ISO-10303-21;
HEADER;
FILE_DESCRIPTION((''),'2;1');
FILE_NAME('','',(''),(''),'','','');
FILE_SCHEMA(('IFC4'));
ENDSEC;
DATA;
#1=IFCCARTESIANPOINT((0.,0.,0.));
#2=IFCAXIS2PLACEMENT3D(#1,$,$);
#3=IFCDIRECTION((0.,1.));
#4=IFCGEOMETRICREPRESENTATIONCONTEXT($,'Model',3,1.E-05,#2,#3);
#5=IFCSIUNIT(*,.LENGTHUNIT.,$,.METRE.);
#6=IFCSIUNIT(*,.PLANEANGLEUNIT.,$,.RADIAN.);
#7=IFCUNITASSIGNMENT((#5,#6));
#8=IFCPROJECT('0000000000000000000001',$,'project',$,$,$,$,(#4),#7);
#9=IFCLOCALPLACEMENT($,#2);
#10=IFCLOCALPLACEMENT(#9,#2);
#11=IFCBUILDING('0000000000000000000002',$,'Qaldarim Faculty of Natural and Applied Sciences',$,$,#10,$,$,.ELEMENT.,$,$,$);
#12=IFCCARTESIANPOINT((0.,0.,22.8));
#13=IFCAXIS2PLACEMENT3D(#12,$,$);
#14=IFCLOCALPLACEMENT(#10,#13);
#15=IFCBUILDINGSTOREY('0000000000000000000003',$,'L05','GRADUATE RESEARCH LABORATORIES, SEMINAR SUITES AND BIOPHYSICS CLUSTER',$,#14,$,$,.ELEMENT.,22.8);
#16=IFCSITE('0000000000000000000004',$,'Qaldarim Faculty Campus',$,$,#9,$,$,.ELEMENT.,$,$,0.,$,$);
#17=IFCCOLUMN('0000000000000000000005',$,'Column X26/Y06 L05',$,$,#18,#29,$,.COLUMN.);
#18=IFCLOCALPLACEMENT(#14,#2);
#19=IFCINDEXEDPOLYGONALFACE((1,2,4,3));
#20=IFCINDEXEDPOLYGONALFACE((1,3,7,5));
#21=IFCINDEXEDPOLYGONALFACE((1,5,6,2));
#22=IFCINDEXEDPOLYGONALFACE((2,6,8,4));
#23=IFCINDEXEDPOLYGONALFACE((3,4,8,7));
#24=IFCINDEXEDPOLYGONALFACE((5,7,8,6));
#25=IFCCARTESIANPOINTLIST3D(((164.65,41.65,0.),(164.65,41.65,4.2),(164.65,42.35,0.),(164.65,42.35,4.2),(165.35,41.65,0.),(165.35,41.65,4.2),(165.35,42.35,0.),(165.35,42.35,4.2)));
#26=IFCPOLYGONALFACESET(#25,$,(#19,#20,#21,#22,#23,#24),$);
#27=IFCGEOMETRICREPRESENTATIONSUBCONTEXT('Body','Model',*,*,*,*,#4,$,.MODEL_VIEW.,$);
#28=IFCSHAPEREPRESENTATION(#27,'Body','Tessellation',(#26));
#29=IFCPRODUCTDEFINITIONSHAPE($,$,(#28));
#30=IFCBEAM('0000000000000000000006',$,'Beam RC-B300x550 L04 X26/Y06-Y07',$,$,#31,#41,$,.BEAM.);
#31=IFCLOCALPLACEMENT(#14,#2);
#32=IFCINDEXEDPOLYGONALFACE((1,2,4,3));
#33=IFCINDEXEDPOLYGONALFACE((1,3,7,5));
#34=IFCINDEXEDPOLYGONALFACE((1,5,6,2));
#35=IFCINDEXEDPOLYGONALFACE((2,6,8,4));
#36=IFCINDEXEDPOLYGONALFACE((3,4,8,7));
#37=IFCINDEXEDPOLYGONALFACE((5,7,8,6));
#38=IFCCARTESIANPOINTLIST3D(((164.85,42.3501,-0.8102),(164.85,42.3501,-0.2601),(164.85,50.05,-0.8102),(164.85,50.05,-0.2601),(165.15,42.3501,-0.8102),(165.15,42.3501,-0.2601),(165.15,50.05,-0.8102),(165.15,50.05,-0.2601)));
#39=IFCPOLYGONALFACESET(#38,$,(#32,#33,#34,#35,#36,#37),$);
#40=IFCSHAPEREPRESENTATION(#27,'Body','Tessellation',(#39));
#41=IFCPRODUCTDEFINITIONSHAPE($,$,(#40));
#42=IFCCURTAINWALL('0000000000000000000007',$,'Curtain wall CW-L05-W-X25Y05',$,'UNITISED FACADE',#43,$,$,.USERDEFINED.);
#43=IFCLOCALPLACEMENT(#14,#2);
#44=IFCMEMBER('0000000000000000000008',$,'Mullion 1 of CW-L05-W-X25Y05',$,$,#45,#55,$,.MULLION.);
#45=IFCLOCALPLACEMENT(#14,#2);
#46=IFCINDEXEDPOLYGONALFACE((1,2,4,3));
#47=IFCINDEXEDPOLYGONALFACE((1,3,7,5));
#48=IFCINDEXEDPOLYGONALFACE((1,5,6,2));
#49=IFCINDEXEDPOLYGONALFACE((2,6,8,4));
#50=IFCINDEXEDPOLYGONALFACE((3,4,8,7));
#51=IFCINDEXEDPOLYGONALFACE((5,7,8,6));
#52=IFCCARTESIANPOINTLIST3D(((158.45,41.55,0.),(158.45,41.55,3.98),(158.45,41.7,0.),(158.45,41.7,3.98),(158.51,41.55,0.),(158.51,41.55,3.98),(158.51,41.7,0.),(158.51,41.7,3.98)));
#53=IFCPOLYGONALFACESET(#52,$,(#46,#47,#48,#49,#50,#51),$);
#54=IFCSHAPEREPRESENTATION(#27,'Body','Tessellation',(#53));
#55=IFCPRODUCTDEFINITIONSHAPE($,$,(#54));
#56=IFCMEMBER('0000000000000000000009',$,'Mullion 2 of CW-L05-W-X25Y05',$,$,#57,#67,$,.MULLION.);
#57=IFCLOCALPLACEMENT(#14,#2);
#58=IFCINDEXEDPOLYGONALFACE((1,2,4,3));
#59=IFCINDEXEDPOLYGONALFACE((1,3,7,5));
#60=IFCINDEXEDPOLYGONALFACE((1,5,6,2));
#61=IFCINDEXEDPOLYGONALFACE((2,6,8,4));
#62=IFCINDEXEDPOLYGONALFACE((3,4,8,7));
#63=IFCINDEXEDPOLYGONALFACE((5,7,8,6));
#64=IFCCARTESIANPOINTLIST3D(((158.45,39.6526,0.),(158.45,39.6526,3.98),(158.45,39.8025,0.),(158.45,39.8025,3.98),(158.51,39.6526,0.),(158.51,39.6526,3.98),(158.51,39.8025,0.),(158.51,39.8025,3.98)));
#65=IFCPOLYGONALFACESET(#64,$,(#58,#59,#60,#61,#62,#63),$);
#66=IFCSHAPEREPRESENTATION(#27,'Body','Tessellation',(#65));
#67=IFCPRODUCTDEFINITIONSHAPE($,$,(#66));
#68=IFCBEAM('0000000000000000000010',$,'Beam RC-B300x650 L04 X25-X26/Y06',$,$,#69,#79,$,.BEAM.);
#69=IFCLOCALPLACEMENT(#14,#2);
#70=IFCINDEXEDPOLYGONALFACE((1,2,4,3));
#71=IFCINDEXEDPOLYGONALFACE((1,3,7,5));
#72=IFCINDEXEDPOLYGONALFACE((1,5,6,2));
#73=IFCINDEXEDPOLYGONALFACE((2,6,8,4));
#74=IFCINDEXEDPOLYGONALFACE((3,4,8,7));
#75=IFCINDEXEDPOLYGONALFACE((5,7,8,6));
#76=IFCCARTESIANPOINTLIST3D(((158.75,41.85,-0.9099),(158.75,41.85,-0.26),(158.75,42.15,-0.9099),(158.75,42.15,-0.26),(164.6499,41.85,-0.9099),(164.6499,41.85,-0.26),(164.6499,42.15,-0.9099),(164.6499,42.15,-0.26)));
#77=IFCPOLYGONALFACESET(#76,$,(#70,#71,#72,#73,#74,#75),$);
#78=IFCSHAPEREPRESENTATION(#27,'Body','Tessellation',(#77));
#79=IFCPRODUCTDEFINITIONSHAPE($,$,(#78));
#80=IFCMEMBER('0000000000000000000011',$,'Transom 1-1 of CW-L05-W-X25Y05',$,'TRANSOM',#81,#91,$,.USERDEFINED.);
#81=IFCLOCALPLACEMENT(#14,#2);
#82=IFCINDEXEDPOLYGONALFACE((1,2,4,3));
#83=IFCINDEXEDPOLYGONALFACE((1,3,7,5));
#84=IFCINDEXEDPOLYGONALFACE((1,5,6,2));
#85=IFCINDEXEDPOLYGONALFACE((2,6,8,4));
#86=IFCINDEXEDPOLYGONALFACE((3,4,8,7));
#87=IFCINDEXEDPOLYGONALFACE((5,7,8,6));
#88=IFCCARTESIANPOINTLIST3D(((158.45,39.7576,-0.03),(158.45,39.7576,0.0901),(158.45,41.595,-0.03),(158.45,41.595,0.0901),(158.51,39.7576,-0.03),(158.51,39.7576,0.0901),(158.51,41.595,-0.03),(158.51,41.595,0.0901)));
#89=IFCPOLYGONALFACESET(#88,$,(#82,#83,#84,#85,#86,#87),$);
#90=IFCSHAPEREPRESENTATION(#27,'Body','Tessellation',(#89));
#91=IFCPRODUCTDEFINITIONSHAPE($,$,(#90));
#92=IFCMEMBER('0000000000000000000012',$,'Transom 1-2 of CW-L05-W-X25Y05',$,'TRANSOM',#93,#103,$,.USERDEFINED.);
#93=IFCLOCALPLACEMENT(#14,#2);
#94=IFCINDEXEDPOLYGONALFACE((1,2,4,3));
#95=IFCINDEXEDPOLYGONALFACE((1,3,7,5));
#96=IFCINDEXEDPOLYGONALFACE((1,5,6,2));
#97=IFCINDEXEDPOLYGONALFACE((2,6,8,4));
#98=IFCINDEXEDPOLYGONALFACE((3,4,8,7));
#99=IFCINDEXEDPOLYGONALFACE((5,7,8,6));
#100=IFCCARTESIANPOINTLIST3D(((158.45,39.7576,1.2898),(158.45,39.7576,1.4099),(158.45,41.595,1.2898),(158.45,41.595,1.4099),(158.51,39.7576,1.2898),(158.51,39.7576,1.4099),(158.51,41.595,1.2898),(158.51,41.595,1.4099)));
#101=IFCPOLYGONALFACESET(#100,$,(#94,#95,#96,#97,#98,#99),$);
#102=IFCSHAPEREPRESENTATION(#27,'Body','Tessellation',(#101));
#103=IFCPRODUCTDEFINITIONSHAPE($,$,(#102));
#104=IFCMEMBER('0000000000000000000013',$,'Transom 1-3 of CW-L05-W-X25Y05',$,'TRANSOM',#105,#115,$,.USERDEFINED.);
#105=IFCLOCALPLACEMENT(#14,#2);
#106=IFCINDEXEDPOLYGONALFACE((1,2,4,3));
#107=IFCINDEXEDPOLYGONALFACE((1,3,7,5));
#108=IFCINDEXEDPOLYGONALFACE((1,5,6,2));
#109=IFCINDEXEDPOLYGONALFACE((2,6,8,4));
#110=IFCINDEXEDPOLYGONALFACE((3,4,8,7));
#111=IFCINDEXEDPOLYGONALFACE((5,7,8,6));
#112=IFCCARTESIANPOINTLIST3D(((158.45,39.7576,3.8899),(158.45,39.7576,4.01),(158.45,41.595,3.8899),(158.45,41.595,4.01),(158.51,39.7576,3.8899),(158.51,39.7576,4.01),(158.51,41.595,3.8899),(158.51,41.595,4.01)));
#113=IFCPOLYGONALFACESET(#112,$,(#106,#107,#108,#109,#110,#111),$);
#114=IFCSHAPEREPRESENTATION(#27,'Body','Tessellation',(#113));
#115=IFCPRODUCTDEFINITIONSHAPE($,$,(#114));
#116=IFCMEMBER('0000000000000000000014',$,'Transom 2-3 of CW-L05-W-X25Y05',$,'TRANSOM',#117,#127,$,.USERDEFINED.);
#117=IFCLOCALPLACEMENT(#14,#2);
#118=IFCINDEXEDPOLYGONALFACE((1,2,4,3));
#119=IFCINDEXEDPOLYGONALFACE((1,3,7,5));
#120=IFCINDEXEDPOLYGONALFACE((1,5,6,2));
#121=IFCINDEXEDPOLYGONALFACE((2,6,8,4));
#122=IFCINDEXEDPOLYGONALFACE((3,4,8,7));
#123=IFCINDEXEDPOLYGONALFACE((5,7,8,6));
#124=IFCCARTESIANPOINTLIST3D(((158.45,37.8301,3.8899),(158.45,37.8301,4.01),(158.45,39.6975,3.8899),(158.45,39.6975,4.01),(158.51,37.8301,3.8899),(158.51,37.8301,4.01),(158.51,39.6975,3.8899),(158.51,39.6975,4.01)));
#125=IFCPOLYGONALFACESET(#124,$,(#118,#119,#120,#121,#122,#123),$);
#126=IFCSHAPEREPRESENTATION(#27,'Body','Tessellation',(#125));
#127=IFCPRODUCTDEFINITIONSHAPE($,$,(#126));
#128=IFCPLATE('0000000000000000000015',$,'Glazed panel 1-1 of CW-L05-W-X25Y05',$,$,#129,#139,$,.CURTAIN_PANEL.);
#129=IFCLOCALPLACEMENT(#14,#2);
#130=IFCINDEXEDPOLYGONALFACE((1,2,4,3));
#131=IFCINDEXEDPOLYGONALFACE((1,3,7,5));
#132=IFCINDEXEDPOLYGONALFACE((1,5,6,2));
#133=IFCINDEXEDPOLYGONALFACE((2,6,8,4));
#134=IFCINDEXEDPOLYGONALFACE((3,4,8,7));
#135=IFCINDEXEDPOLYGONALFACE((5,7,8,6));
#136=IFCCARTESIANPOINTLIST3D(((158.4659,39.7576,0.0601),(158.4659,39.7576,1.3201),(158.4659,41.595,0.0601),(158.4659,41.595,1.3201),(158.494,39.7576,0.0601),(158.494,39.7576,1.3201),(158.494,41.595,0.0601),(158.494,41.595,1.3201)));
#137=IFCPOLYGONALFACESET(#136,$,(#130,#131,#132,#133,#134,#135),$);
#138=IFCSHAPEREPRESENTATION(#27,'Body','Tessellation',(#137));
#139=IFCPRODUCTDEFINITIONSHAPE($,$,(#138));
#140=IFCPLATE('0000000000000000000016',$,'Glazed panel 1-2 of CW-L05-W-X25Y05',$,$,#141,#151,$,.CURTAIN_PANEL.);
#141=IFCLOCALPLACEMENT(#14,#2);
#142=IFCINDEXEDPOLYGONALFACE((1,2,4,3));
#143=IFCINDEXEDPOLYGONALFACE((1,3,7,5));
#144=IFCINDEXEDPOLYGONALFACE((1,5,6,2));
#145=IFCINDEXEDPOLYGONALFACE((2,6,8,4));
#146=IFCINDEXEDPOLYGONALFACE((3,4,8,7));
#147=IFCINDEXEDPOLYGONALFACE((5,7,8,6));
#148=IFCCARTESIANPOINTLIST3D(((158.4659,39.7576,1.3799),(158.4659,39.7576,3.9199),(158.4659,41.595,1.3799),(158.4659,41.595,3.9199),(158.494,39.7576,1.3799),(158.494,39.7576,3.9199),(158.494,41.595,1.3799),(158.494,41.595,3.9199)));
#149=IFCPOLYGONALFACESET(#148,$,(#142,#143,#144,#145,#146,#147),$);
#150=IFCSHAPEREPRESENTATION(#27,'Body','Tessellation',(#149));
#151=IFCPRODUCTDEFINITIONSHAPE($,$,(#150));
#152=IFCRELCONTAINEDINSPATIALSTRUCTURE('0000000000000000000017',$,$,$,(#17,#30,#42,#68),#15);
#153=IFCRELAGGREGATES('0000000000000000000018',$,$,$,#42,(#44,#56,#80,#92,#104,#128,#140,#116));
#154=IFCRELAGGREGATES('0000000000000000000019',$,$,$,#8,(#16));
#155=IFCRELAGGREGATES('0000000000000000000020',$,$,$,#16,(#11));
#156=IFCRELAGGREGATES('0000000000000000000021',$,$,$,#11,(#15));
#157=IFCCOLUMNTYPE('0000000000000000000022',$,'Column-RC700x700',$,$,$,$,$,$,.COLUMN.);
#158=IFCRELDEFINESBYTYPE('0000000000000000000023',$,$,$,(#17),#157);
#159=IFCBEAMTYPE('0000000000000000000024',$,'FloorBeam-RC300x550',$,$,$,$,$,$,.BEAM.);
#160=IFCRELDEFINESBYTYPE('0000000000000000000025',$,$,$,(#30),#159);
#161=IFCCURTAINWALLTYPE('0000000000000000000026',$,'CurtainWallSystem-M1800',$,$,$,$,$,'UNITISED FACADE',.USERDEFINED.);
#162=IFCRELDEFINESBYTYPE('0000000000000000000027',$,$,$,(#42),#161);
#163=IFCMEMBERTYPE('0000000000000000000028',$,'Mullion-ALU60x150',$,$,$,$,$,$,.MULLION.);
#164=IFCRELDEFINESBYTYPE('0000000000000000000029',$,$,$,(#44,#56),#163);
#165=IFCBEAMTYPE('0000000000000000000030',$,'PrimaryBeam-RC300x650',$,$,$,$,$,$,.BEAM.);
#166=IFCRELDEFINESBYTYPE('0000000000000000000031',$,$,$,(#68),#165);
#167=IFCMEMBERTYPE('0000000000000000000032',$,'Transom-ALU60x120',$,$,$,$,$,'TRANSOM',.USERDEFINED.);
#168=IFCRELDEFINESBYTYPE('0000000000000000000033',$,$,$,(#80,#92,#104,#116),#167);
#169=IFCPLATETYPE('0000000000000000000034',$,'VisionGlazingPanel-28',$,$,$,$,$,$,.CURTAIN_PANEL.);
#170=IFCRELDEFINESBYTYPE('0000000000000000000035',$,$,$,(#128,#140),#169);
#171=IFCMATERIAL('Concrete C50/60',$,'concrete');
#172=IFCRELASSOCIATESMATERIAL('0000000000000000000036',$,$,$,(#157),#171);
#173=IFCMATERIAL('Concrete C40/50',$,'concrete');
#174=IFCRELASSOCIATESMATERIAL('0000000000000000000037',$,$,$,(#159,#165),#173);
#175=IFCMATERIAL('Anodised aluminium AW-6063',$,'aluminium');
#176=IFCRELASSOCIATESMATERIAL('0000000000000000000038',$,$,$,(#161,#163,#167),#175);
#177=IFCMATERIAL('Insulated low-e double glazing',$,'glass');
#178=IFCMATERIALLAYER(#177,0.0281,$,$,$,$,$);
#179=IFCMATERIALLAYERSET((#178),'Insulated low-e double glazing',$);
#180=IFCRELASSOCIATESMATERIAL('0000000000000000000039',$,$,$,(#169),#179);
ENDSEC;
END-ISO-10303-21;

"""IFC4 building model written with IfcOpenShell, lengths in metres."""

from ifc_helpers import new_model, si_unit, direction, frame, origin, origin_2d, place, context, subcontext, project, spatial, rectangle, extrude, material, layer, layer_set, material_profile, profile_set, type_object, element, aggregate, save


model = new_model("IFC4")

# Units and contexts
model_context = context("Model", 3, precision=1e-05, world=origin(), true_north=direction((0.0, 1.0)))
body_context = subcontext(model_context, "Body", "Model", "MODEL_VIEW")
ifc_project = project(units=[si_unit("LENGTHUNIT", "METRE"), si_unit("PLANEANGLEUNIT", "RADIAN")], contexts=[model_context])

# Site, building, storey
site_placement = place(None, origin())
site = spatial("IfcSite", under=ifc_project, at=site_placement, Name="Qaldarim Faculty Campus", CompositionType="ELEMENT", RefElevation=0.0)
building_placement = place(site_placement, origin())
building = spatial("IfcBuilding", under=site, at=building_placement, Name="Qaldarim Faculty of Natural and Applied Sciences", CompositionType="ELEMENT")
storey_placement = place(building_placement, frame((0.0, 0.0, 22.8)))
storey = spatial("IfcBuildingStorey", under=building, at=storey_placement, Name="L05", Description="GRADUATE RESEARCH LABORATORIES, SEMINAR SUITES AND BIOPHYSICS CLUSTER", CompositionType="ELEMENT", Elevation=22.8)

# Column
ifc_material_1 = material(Name="Concrete C50/60", Category="concrete")
ifc_material_profile_1 = material_profile(ifc_material_1, rectangle(XDim=0.7, YDim=0.7, at=origin_2d()), Name="RC-C700x700")
ifc_profile_set_1 = profile_set([ifc_material_profile_1], Name="Concrete C50/60")
column_type = type_object("IfcColumnType", Name="Column-RC700x700", PredefinedType="COLUMN", material=ifc_profile_set_1)
column_placement = place(storey_placement, frame((165.0, 42.0, 0.0), z_axis=(0.0, 0.0, 1.0), x_axis=(1.0, 0.0, 0.0)))
element("IfcColumn", 1, at=column_placement, inside=storey, type_object=column_type, Name="Column X26/Y06 L05", PredefinedType="COLUMN", context=body_context, shape_type="SweptSolid", body=[
    extrude(rectangle(XDim=0.7, YDim=0.7, at=origin_2d()), origin(), (0.0, 0.0, 1.0), 4.2),
])

# Beam
ifc_material_2 = material(Name="Concrete C40/50", Category="concrete")
ifc_material_profile_2 = material_profile(ifc_material_2, rectangle(XDim=0.3, YDim=0.55, at=origin_2d()), Name="RC-B300x550")
ifc_profile_set_2 = profile_set([ifc_material_profile_2], Name="Concrete C40/50")
beam_type_1 = type_object("IfcBeamType", Name="FloorBeam-RC300x550", PredefinedType="BEAM", material=ifc_profile_set_2)
beam_1_placement = place(storey_placement, frame((165.0, 42.3501, -0.5352), z_axis=(0.0, 1.0, 0.0), x_axis=(-1.0, 0.0, 0.0)))
element("IfcBeam", 2, at=beam_1_placement, inside=storey, type_object=beam_type_1, Name="Beam RC-B300x550 L04 X26/Y06-Y07", PredefinedType="BEAM", context=body_context, shape_type="SweptSolid", body=[
    extrude(rectangle(XDim=0.3, YDim=0.55, at=origin_2d()), origin(), (0.0, 0.0, 1.0), 7.7),
])

# Curtain wall, members
ifc_material_3 = material(Name="Anodised aluminium AW-6063", Category="aluminium")
curtain_wall_type = type_object("IfcCurtainWallType", Name="CurtainWallSystem-M1800", ElementType="UNITISED FACADE", PredefinedType="USERDEFINED", material=ifc_material_3)
curtain_wall_placement = place(storey_placement, origin())
curtain_wall = element("IfcCurtainWall", 3, at=curtain_wall_placement, inside=storey, type_object=curtain_wall_type, Name="Curtain wall CW-L05-W-X25Y05", ObjectType="UNITISED FACADE", PredefinedType="USERDEFINED")
ifc_material_profile_3 = material_profile(ifc_material_3, rectangle(XDim=0.0601, YDim=0.1499, at=origin_2d()), Name="ALU-M60x150")
ifc_profile_set_3 = profile_set([ifc_material_profile_3], Name="Anodised aluminium AW-6063")
member_type_1 = type_object("IfcMemberType", Name="Mullion-ALU60x150", PredefinedType="MULLION", material=ifc_profile_set_3)
member_1_placement = place(storey_placement, frame((158.48, 41.625, 0.0), z_axis=(0.0, 0.0, 1.0), x_axis=(1.0, 0.0, 0.0)))
member_1 = element("IfcMember", 4, at=member_1_placement, type_object=member_type_1, Name="Mullion 1 of CW-L05-W-X25Y05", PredefinedType="MULLION", context=body_context, shape_type="SweptSolid", body=[
    extrude(rectangle(XDim=0.0601, YDim=0.1499, at=origin_2d()), origin(), (0.0, 0.0, 1.0), 3.98),
])
member_2_placement = place(storey_placement, frame((158.48, 39.7275, 0.0), z_axis=(0.0, 0.0, 1.0), x_axis=(1.0, 0.0, 0.0)))
member_2 = element("IfcMember", 5, at=member_2_placement, type_object=member_type_1, Name="Mullion 2 of CW-L05-W-X25Y05", PredefinedType="MULLION", context=body_context, shape_type="SweptSolid", body=[
    extrude(rectangle(XDim=0.0601, YDim=0.1499, at=origin_2d()), origin(), (0.0, 0.0, 1.0), 3.98),
])

# Beam
ifc_material_profile_4 = material_profile(ifc_material_2, rectangle(XDim=0.3, YDim=0.6499, at=origin_2d()), Name="RC-B300x650")
ifc_profile_set_4 = profile_set([ifc_material_profile_4], Name="Concrete C40/50")
beam_type_2 = type_object("IfcBeamType", Name="PrimaryBeam-RC300x650", PredefinedType="BEAM", material=ifc_profile_set_4)
beam_2_placement = place(storey_placement, frame((158.75, 42.0, -0.585), z_axis=(1.0, 0.0, 0.0), x_axis=(0.0, 1.0, 0.0)))
element("IfcBeam", 6, at=beam_2_placement, inside=storey, type_object=beam_type_2, Name="Beam RC-B300x650 L04 X25-X26/Y06", PredefinedType="BEAM", context=body_context, shape_type="SweptSolid", body=[
    extrude(rectangle(XDim=0.3, YDim=0.6499, at=origin_2d()), origin(), (0.0, 0.0, 1.0), 5.8999),
])

# Members
ifc_material_profile_5 = material_profile(ifc_material_3, rectangle(XDim=0.0601, YDim=0.1201, at=origin_2d()), Name="ALU-T60x120")
ifc_profile_set_5 = profile_set([ifc_material_profile_5], Name="Anodised aluminium AW-6063")
member_type_2 = type_object("IfcMemberType", Name="Transom-ALU60x120", ElementType="TRANSOM", PredefinedType="USERDEFINED", material=ifc_profile_set_5)
member_3_placement = place(storey_placement, frame((158.48, 41.595, 0.03), z_axis=(0.0, -1.0, 0.0), x_axis=(1.0, 0.0, 0.0)))
member_3 = element("IfcMember", 7, at=member_3_placement, type_object=member_type_2, Name="Transom 1-1 of CW-L05-W-X25Y05", ObjectType="TRANSOM", PredefinedType="USERDEFINED", context=body_context, shape_type="SweptSolid", body=[
    extrude(rectangle(XDim=0.0601, YDim=0.1201, at=origin_2d()), origin(), (0.0, 0.0, 1.0), 1.8374),
])
member_4_placement = place(storey_placement, frame((158.48, 41.595, 1.3499), z_axis=(0.0, -1.0, 0.0), x_axis=(1.0, 0.0, 0.0)))
member_4 = element("IfcMember", 8, at=member_4_placement, type_object=member_type_2, Name="Transom 1-2 of CW-L05-W-X25Y05", ObjectType="TRANSOM", PredefinedType="USERDEFINED", context=body_context, shape_type="SweptSolid", body=[
    extrude(rectangle(XDim=0.0601, YDim=0.1201, at=origin_2d()), origin(), (0.0, 0.0, 1.0), 1.8374),
])
member_5_placement = place(storey_placement, frame((158.48, 41.595, 3.95), z_axis=(0.0, -1.0, 0.0), x_axis=(1.0, 0.0, 0.0)))
member_5 = element("IfcMember", 9, at=member_5_placement, type_object=member_type_2, Name="Transom 1-3 of CW-L05-W-X25Y05", ObjectType="TRANSOM", PredefinedType="USERDEFINED", context=body_context, shape_type="SweptSolid", body=[
    extrude(rectangle(XDim=0.0601, YDim=0.1201, at=origin_2d()), origin(), (0.0, 0.0, 1.0), 1.8374),
])
member_6_placement = place(storey_placement, frame((158.48, 39.6975, 3.95), z_axis=(0.0, -1.0, 0.0), x_axis=(1.0, 0.0, 0.0)))
member_6 = element("IfcMember", 10, at=member_6_placement, type_object=member_type_2, Name="Transom 2-3 of CW-L05-W-X25Y05", ObjectType="TRANSOM", PredefinedType="USERDEFINED", context=body_context, shape_type="SweptSolid", body=[
    extrude(rectangle(XDim=0.0601, YDim=0.1201, at=origin_2d()), origin(), (0.0, 0.0, 1.0), 1.8674),
])

# Plates
ifc_material_4 = material(Name="Insulated low-e double glazing", Category="glass")
ifc_layer_1 = layer(ifc_material_4, 0.0281)
ifc_layer_set_1 = layer_set([ifc_layer_1], Name="Insulated low-e double glazing")
plate_type = type_object("IfcPlateType", Name="VisionGlazingPanel-28", PredefinedType="CURTAIN_PANEL", material=ifc_layer_set_1)
plate_1_placement = place(storey_placement, frame((158.48, 40.6763, 0.0601), z_axis=(0.0, 0.0, 1.0), x_axis=(0.0, -1.0, 0.0)))
plate_1 = element("IfcPlate", 11, at=plate_1_placement, type_object=plate_type, Name="Glazed panel 1-1 of CW-L05-W-X25Y05", PredefinedType="CURTAIN_PANEL", context=body_context, shape_type="SweptSolid", body=[
    extrude(rectangle(XDim=1.8374, YDim=0.0281, at=origin_2d()), origin(), (0.0, 0.0, 1.0), 1.26),
])
plate_2_placement = place(storey_placement, frame((158.48, 40.6763, 1.3799), z_axis=(0.0, 0.0, 1.0), x_axis=(0.0, -1.0, 0.0)))
plate_2 = element("IfcPlate", 12, at=plate_2_placement, type_object=plate_type, Name="Glazed panel 1-2 of CW-L05-W-X25Y05", PredefinedType="CURTAIN_PANEL", context=body_context, shape_type="SweptSolid", body=[
    extrude(rectangle(XDim=1.8374, YDim=0.0281, at=origin_2d()), origin(), (0.0, 0.0, 1.0), 2.54),
])
aggregate(curtain_wall, [member_1, member_2, member_3, member_4, member_5, plate_1, plate_2, member_6])

save(model, "model.ifc")
